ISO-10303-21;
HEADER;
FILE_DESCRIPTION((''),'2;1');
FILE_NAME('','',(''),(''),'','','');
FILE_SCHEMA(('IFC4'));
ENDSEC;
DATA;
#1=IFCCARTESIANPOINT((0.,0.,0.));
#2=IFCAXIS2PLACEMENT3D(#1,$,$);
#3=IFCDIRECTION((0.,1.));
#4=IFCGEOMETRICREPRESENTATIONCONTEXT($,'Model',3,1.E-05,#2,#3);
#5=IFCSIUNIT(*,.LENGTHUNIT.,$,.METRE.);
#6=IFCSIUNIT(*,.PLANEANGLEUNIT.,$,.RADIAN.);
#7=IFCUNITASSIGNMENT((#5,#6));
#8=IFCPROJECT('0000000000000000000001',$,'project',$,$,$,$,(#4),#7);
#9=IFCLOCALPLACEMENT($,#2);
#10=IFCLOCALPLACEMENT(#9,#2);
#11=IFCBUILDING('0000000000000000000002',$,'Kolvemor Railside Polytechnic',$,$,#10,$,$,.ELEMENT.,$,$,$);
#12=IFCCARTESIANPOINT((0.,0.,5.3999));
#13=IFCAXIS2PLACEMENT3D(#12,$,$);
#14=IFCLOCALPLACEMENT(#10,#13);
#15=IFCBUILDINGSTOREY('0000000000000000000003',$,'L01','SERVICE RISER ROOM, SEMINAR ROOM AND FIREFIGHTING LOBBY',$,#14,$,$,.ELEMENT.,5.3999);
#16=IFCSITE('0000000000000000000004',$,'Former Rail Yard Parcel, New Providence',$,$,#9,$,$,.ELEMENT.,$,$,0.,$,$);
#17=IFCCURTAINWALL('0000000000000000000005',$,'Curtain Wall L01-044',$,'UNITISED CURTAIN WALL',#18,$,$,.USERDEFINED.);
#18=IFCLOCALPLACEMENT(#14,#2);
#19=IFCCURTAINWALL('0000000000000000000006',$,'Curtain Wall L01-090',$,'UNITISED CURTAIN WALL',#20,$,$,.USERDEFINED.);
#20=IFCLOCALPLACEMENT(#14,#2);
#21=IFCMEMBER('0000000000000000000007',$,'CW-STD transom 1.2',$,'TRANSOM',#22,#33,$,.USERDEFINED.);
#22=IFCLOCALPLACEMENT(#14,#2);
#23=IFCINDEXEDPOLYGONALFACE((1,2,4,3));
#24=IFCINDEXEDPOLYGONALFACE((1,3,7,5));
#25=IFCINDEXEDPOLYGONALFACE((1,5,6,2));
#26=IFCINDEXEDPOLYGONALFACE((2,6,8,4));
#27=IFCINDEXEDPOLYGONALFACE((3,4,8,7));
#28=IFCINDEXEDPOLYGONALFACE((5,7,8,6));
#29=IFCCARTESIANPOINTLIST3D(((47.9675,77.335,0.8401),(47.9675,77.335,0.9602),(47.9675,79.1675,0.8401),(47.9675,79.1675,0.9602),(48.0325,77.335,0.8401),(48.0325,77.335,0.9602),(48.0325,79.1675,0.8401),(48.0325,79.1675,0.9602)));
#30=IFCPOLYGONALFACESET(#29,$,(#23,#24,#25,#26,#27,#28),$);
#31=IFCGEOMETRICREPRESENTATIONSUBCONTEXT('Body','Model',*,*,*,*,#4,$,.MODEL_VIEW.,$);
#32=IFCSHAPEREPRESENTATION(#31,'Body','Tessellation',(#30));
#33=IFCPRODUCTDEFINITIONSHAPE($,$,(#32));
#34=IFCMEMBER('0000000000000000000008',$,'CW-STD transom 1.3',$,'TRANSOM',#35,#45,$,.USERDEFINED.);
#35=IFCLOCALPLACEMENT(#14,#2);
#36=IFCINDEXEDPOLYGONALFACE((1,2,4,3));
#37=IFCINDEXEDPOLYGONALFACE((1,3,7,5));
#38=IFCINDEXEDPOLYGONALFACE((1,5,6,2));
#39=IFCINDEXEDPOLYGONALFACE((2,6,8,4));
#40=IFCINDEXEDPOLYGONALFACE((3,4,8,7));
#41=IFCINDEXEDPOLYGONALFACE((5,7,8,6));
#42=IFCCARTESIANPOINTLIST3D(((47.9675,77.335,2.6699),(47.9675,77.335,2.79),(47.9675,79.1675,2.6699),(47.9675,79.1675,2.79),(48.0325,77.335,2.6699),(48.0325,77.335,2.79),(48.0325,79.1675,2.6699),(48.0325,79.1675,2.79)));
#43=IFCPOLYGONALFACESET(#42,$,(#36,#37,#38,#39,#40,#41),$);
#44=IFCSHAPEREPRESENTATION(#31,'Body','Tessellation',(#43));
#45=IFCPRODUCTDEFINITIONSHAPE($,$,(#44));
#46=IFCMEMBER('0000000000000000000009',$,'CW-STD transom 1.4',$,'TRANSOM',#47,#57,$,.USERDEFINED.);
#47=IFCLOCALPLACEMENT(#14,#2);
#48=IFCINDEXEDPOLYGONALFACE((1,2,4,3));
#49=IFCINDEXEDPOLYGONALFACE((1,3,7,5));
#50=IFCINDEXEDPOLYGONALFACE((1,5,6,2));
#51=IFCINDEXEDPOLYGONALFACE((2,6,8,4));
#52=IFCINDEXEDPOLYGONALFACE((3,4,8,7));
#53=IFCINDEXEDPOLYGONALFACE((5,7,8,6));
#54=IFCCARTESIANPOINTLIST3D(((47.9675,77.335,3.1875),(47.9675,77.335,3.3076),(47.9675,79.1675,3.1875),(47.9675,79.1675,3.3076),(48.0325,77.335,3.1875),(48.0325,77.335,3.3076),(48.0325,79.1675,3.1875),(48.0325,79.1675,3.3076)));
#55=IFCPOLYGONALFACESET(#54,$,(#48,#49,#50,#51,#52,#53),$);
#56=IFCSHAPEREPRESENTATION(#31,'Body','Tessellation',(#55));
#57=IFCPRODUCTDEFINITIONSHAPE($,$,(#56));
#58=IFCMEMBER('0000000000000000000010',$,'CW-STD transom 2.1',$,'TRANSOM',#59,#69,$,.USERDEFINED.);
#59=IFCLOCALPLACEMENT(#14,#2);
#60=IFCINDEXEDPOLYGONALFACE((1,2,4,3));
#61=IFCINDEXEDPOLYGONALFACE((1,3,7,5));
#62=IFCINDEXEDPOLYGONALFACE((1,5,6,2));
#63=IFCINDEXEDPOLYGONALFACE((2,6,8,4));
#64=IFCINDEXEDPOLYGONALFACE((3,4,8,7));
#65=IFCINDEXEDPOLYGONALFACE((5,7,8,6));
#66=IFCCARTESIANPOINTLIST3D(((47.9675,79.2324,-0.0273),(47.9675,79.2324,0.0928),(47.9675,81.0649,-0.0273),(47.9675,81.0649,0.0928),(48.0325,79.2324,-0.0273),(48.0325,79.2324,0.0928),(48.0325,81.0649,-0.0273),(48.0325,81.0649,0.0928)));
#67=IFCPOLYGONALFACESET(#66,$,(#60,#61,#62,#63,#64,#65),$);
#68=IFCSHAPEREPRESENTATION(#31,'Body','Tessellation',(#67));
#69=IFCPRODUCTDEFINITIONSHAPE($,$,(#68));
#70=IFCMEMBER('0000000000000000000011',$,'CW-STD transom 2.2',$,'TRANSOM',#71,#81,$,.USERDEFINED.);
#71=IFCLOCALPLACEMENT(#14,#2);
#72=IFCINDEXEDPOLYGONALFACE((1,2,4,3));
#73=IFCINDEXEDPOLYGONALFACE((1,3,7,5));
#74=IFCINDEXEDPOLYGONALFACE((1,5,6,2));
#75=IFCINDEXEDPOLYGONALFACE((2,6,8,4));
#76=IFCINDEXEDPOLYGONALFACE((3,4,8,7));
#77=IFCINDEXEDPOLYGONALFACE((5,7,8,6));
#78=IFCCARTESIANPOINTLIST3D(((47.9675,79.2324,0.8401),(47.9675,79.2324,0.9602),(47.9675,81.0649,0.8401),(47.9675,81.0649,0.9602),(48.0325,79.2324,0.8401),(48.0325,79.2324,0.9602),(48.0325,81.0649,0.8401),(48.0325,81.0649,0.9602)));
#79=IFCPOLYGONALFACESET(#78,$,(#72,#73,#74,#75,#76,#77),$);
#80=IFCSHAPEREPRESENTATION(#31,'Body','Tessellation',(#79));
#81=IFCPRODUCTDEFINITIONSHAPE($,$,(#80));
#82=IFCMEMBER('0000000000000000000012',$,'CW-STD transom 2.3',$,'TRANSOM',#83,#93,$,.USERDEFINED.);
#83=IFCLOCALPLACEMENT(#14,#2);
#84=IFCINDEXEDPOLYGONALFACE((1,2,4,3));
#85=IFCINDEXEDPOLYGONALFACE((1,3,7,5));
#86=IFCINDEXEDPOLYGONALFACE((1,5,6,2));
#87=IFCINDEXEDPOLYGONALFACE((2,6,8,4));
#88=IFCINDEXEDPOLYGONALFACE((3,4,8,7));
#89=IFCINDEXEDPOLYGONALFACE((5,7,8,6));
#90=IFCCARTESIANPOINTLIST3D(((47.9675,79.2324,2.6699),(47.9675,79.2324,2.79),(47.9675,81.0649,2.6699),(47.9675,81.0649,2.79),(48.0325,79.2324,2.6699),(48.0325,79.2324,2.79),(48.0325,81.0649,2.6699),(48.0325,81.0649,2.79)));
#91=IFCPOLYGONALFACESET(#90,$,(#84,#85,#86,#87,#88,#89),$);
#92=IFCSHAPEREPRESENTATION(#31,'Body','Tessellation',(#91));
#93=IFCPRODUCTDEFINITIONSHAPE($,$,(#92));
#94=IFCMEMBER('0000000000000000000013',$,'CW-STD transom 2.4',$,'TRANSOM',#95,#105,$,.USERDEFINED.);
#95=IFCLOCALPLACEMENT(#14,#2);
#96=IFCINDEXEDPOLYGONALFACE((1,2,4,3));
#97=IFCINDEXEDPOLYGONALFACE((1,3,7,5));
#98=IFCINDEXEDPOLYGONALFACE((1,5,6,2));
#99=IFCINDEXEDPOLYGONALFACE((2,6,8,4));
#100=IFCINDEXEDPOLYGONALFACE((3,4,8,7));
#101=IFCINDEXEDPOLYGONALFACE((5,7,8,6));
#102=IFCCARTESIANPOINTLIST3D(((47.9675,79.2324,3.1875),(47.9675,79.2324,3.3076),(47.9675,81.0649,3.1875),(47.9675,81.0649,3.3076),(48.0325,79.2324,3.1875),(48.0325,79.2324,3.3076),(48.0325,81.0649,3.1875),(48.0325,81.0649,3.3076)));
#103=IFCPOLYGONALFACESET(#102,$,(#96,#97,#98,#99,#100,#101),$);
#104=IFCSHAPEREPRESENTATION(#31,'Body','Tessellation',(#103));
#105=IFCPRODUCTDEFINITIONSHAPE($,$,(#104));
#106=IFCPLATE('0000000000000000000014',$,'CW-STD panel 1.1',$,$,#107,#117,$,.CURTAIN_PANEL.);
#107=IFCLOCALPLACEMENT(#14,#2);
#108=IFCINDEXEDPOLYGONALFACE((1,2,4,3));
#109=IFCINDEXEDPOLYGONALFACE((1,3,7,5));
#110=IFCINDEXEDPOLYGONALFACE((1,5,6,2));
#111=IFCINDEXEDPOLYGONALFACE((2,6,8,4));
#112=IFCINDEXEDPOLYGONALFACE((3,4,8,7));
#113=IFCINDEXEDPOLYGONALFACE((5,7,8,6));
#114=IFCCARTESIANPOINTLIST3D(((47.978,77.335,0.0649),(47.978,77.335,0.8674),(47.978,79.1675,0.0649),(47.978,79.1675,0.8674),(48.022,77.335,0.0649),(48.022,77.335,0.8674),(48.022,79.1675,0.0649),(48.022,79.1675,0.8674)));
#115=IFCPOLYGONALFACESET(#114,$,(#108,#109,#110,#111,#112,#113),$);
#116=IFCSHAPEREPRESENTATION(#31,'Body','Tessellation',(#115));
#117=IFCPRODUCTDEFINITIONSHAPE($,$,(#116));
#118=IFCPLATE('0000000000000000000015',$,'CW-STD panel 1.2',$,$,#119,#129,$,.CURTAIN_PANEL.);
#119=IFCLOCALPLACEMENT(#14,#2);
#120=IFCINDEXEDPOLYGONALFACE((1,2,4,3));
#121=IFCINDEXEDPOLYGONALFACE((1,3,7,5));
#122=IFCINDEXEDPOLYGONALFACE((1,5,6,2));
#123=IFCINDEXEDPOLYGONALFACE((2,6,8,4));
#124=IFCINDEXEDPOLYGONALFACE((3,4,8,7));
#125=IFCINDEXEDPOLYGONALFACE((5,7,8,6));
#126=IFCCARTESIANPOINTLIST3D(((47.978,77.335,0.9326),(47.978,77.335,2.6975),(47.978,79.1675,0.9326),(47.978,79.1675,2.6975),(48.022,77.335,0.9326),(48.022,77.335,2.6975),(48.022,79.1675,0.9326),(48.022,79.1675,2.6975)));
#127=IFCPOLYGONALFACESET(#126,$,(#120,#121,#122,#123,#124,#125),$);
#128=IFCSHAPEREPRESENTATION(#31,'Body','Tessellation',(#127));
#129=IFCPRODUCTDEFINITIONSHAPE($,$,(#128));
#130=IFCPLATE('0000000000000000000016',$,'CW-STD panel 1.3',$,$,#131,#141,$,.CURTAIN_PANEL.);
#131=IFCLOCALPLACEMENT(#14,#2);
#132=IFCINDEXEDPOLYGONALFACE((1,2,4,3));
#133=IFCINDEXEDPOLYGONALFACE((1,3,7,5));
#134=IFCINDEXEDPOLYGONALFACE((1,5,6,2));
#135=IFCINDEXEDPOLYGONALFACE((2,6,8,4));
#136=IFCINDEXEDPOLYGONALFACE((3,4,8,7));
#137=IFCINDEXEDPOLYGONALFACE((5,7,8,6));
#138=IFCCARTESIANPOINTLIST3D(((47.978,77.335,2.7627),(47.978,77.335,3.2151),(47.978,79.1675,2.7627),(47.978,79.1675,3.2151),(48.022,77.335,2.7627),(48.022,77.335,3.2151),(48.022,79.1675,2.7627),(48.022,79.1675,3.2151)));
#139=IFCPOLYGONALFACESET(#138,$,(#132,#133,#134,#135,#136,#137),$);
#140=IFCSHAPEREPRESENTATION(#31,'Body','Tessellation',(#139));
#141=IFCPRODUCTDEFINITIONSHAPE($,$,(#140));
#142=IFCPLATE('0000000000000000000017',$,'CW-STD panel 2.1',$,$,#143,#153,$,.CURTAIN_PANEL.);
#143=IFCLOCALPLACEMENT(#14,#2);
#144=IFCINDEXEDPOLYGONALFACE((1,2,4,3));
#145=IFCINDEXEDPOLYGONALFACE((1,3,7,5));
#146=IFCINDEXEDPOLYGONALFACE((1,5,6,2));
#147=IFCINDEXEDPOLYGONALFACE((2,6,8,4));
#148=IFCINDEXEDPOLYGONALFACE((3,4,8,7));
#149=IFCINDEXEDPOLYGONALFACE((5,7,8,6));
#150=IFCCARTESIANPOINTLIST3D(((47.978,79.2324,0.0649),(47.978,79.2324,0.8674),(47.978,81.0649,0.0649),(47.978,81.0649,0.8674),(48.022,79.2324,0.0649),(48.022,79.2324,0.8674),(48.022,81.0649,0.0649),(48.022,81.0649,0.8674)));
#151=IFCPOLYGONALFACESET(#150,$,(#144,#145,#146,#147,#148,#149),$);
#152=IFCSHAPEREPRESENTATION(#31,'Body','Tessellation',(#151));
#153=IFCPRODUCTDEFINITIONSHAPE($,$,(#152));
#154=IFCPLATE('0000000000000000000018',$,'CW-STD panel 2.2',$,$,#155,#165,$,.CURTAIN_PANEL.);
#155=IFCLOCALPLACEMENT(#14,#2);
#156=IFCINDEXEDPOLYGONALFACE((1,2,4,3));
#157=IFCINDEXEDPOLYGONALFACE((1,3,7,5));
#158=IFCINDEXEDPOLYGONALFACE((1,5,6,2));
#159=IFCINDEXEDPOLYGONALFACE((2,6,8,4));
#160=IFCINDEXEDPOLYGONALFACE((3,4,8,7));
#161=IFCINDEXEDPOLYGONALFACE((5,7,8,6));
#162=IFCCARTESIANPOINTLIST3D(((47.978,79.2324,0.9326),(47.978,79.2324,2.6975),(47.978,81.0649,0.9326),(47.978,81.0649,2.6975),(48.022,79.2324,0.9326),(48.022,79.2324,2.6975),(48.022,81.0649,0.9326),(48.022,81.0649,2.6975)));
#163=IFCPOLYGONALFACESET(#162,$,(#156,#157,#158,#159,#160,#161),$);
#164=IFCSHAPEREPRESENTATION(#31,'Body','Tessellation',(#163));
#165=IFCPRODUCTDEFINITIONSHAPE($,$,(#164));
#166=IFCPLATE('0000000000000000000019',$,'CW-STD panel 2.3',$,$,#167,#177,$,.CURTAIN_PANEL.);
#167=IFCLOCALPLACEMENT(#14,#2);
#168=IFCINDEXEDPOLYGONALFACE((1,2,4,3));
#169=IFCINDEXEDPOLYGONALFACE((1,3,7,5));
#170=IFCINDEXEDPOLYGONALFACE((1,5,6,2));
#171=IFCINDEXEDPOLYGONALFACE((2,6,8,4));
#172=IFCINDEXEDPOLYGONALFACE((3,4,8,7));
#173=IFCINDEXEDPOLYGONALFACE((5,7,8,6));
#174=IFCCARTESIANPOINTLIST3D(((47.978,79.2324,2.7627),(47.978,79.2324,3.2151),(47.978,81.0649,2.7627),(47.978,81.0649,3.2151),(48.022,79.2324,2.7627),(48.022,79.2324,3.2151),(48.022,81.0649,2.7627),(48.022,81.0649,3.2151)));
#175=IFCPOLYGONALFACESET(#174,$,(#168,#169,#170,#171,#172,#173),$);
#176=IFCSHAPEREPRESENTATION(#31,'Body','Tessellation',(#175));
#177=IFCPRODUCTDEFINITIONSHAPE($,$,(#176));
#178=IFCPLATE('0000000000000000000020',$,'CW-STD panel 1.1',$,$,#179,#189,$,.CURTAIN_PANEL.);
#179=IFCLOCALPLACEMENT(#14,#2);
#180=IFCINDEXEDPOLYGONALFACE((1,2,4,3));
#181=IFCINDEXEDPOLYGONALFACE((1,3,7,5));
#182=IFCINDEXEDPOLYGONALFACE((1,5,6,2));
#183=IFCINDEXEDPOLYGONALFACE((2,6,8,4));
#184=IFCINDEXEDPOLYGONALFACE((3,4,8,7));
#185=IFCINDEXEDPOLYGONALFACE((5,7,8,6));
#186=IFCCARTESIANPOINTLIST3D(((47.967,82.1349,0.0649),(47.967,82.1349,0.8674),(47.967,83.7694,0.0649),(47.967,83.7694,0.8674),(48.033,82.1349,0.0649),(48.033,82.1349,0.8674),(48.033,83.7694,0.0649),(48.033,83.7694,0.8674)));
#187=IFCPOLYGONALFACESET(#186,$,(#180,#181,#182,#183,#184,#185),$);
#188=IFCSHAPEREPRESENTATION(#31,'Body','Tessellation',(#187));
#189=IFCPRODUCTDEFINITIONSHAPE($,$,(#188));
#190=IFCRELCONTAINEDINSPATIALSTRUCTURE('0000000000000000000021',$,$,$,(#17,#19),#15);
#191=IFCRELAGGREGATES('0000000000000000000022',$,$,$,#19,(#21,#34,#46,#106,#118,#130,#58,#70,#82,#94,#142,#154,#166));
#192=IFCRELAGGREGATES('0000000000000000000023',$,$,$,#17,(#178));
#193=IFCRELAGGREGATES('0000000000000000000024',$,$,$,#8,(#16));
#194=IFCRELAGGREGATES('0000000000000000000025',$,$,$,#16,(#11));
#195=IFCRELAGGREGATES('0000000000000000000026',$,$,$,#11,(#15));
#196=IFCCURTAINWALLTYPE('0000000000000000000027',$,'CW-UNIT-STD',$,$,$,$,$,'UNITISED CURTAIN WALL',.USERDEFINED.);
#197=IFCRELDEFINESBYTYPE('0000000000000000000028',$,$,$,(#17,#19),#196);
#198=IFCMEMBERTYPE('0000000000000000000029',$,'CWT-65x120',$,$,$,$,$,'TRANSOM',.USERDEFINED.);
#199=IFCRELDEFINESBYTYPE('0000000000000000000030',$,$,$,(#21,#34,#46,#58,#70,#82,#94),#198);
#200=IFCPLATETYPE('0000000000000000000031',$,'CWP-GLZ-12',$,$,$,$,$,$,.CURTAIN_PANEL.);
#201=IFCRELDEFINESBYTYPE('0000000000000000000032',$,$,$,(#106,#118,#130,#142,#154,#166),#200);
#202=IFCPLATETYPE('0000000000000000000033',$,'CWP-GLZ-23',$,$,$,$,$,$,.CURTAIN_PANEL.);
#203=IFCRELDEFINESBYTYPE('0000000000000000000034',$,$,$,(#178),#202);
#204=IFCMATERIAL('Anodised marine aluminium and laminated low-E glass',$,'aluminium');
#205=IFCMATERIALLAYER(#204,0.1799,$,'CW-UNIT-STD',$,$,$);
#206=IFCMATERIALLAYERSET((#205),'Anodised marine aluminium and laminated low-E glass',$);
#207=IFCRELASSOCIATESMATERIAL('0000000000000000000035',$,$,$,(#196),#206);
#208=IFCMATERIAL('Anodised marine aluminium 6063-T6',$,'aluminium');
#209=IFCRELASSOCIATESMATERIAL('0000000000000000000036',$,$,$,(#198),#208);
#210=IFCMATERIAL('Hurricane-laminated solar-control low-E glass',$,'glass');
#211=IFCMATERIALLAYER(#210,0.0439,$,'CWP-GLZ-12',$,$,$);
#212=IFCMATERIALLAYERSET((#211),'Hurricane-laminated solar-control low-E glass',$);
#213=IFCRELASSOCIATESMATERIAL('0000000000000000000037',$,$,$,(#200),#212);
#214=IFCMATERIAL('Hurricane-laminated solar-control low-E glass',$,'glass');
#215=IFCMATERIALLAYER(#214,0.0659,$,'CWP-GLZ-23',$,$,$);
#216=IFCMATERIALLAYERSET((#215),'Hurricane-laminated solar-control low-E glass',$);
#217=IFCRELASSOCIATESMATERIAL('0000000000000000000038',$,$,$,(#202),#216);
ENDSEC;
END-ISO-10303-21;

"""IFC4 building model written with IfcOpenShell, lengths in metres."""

from ifc_helpers import new_model, si_unit, direction, frame, origin, origin_2d, place, context, subcontext, project, spatial, rectangle, extrude, material, layer, layer_set, material_profile, profile_set, type_object, element, aggregate, save


model = new_model("IFC4")

# Units and contexts
model_context = context("Model", 3, precision=1e-05, world=origin(), true_north=direction((0.0, 1.0)))
body_context = subcontext(model_context, "Body", "Model", "MODEL_VIEW")
ifc_project = project(units=[si_unit("LENGTHUNIT", "METRE"), si_unit("PLANEANGLEUNIT", "RADIAN")], contexts=[model_context])

# Site, building, storey
site_placement = place(None, origin())
site = spatial("IfcSite", under=ifc_project, at=site_placement, Name="Former Rail Yard Parcel, New Providence", CompositionType="ELEMENT", RefElevation=0.0)
building_placement = place(site_placement, origin())
building = spatial("IfcBuilding", under=site, at=building_placement, Name="Kolvemor Railside Polytechnic", CompositionType="ELEMENT")
storey_placement = place(building_placement, frame((0.0, 0.0, 5.3999)))
storey = spatial("IfcBuildingStorey", under=building, at=storey_placement, Name="L01", Description="SERVICE RISER ROOM, SEMINAR ROOM AND FIREFIGHTING LOBBY", CompositionType="ELEMENT", Elevation=5.3999)

# Curtain wall
ifc_material_1 = material(Name="Anodised marine aluminium and laminated low-E glass", Category="aluminium")
ifc_layer_1 = layer(ifc_material_1, 0.1799, Name="CW-UNIT-STD")
ifc_layer_set_1 = layer_set([ifc_layer_1], Name="Anodised marine aluminium and laminated low-E glass")
curtain_wall_type = type_object("IfcCurtainWallType", Name="CW-UNIT-STD", ElementType="UNITISED CURTAIN WALL", PredefinedType="USERDEFINED", material=ifc_layer_set_1)
curtain_wall_1_placement = place(storey_placement, origin())
curtain_wall_1 = element("IfcCurtainWall", 1, at=curtain_wall_1_placement, inside=storey, type_object=curtain_wall_type, Name="Curtain Wall L01-044", ObjectType="UNITISED CURTAIN WALL", PredefinedType="USERDEFINED")

# Curtain wall
curtain_wall_2_placement = place(storey_placement, origin())
curtain_wall_2 = element("IfcCurtainWall", 2, at=curtain_wall_2_placement, inside=storey, type_object=curtain_wall_type, Name="Curtain Wall L01-090", ObjectType="UNITISED CURTAIN WALL", PredefinedType="USERDEFINED")

# Members
ifc_material_2 = material(Name="Anodised marine aluminium 6063-T6", Category="aluminium")
ifc_material_profile_1 = material_profile(ifc_material_2, rectangle(XDim=0.0649, YDim=0.1201, at=origin_2d()), Name="CW-TRN-65x120")
ifc_profile_set_1 = profile_set([ifc_material_profile_1], Name="Anodised marine aluminium 6063-T6")
member_type_1 = type_object("IfcMemberType", Name="CWT-65x120", ElementType="TRANSOM", PredefinedType="USERDEFINED", material=ifc_profile_set_1)
member_1_placement = place(storey_placement, frame((48.0, 77.335, 0.9001), z_axis=(0.0, 1.0, 0.0), x_axis=(-1.0, 0.0, 0.0)))
member_1 = element("IfcMember", 3, at=member_1_placement, type_object=member_type_1, Name="CW-STD transom 1.2", ObjectType="TRANSOM", PredefinedType="USERDEFINED", context=body_context, shape_type="SweptSolid", body=[
    extrude(rectangle(XDim=0.0649, YDim=0.1201, at=origin_2d()), origin(), (0.0, 0.0, 1.0), 1.8325),
])
member_2_placement = place(storey_placement, frame((48.0, 77.335, 2.73), z_axis=(0.0, 1.0, 0.0), x_axis=(-1.0, 0.0, 0.0)))
member_2 = element("IfcMember", 4, at=member_2_placement, type_object=member_type_1, Name="CW-STD transom 1.3", ObjectType="TRANSOM", PredefinedType="USERDEFINED", context=body_context, shape_type="SweptSolid", body=[
    extrude(rectangle(XDim=0.0649, YDim=0.1201, at=origin_2d()), origin(), (0.0, 0.0, 1.0), 1.8325),
])
member_3_placement = place(storey_placement, frame((48.0, 77.335, 3.2476), z_axis=(0.0, 1.0, 0.0), x_axis=(-1.0, 0.0, 0.0)))
member_3 = element("IfcMember", 5, at=member_3_placement, type_object=member_type_1, Name="CW-STD transom 1.4", ObjectType="TRANSOM", PredefinedType="USERDEFINED", context=body_context, shape_type="SweptSolid", body=[
    extrude(rectangle(XDim=0.0649, YDim=0.1201, at=origin_2d()), origin(), (0.0, 0.0, 1.0), 1.8325),
])
member_4_placement = place(storey_placement, frame((48.0, 79.2324, 0.0327), z_axis=(0.0, 1.0, 0.0), x_axis=(-1.0, 0.0, 0.0)))
member_4 = element("IfcMember", 6, at=member_4_placement, type_object=member_type_1, Name="CW-STD transom 2.1", ObjectType="TRANSOM", PredefinedType="USERDEFINED", context=body_context, shape_type="SweptSolid", body=[
    extrude(rectangle(XDim=0.0649, YDim=0.1201, at=origin_2d()), origin(), (0.0, 0.0, 1.0), 1.8325),
])
member_5_placement = place(storey_placement, frame((48.0, 79.2324, 0.9001), z_axis=(0.0, 1.0, 0.0), x_axis=(-1.0, 0.0, 0.0)))
member_5 = element("IfcMember", 7, at=member_5_placement, type_object=member_type_1, Name="CW-STD transom 2.2", ObjectType="TRANSOM", PredefinedType="USERDEFINED", context=body_context, shape_type="SweptSolid", body=[
    extrude(rectangle(XDim=0.0649, YDim=0.1201, at=origin_2d()), origin(), (0.0, 0.0, 1.0), 1.8325),
])
member_6_placement = place(storey_placement, frame((48.0, 79.2324, 2.73), z_axis=(0.0, 1.0, 0.0), x_axis=(-1.0, 0.0, 0.0)))
member_6 = element("IfcMember", 8, at=member_6_placement, type_object=member_type_1, Name="CW-STD transom 2.3", ObjectType="TRANSOM", PredefinedType="USERDEFINED", context=body_context, shape_type="SweptSolid", body=[
    extrude(rectangle(XDim=0.0649, YDim=0.1201, at=origin_2d()), origin(), (0.0, 0.0, 1.0), 1.8325),
])
member_7_placement = place(storey_placement, frame((48.0, 79.2324, 3.2476), z_axis=(0.0, 1.0, 0.0), x_axis=(-1.0, 0.0, 0.0)))
member_7 = element("IfcMember", 9, at=member_7_placement, type_object=member_type_1, Name="CW-STD transom 2.4", ObjectType="TRANSOM", PredefinedType="USERDEFINED", context=body_context, shape_type="SweptSolid", body=[
    extrude(rectangle(XDim=0.0649, YDim=0.1201, at=origin_2d()), origin(), (0.0, 0.0, 1.0), 1.8325),
])

# Plates
ifc_material_3 = material(Name="Hurricane-laminated solar-control low-E glass", Category="glass")
ifc_layer_2 = layer(ifc_material_3, 0.0439, Name="CWP-GLZ-12")
ifc_layer_set_2 = layer_set([ifc_layer_2], Name="Hurricane-laminated solar-control low-E glass")
plate_type_1 = type_object("IfcPlateType", Name="CWP-GLZ-12", PredefinedType="CURTAIN_PANEL", material=ifc_layer_set_2)
plate_1_placement = place(storey_placement, frame((48.0, 78.2512, 0.0649), z_axis=(0.0, 0.0, 1.0), x_axis=(0.0, 1.0, 0.0)))
plate_1 = element("IfcPlate", 10, at=plate_1_placement, type_object=plate_type_1, Name="CW-STD panel 1.1", PredefinedType="CURTAIN_PANEL", context=body_context, shape_type="SweptSolid", body=[
    extrude(rectangle(XDim=1.8325, YDim=0.0439, at=origin_2d()), origin(), (0.0, 0.0, 1.0), 0.8025),
])
plate_2_placement = place(storey_placement, frame((48.0, 78.2512, 0.9326), z_axis=(0.0, 0.0, 1.0), x_axis=(0.0, 1.0, 0.0)))
plate_2 = element("IfcPlate", 11, at=plate_2_placement, type_object=plate_type_1, Name="CW-STD panel 1.2", PredefinedType="CURTAIN_PANEL", context=body_context, shape_type="SweptSolid", body=[
    extrude(rectangle(XDim=1.8325, YDim=0.0439, at=origin_2d()), origin(), (0.0, 0.0, 1.0), 1.7649),
])
plate_3_placement = place(storey_placement, frame((48.0, 78.2512, 2.7627), z_axis=(0.0, 0.0, 1.0), x_axis=(0.0, 1.0, 0.0)))
plate_3 = element("IfcPlate", 12, at=plate_3_placement, type_object=plate_type_1, Name="CW-STD panel 1.3", PredefinedType="CURTAIN_PANEL", context=body_context, shape_type="SweptSolid", body=[
    extrude(rectangle(XDim=1.8325, YDim=0.0439, at=origin_2d()), origin(), (0.0, 0.0, 1.0), 0.4524),
])
plate_4_placement = place(storey_placement, frame((48.0, 80.1487, 0.0649), z_axis=(0.0, 0.0, 1.0), x_axis=(0.0, 1.0, 0.0)))
plate_4 = element("IfcPlate", 13, at=plate_4_placement, type_object=plate_type_1, Name="CW-STD panel 2.1", PredefinedType="CURTAIN_PANEL", context=body_context, shape_type="SweptSolid", body=[
    extrude(rectangle(XDim=1.8325, YDim=0.0439, at=origin_2d()), origin(), (0.0, 0.0, 1.0), 0.8025),
])
plate_5_placement = place(storey_placement, frame((48.0, 80.1487, 0.9326), z_axis=(0.0, 0.0, 1.0), x_axis=(0.0, 1.0, 0.0)))
plate_5 = element("IfcPlate", 14, at=plate_5_placement, type_object=plate_type_1, Name="CW-STD panel 2.2", PredefinedType="CURTAIN_PANEL", context=body_context, shape_type="SweptSolid", body=[
    extrude(rectangle(XDim=1.8325, YDim=0.0439, at=origin_2d()), origin(), (0.0, 0.0, 1.0), 1.7649),
])
plate_6_placement = place(storey_placement, frame((48.0, 80.1487, 2.7627), z_axis=(0.0, 0.0, 1.0), x_axis=(0.0, 1.0, 0.0)))
plate_6 = element("IfcPlate", 15, at=plate_6_placement, type_object=plate_type_1, Name="CW-STD panel 2.3", PredefinedType="CURTAIN_PANEL", context=body_context, shape_type="SweptSolid", body=[
    extrude(rectangle(XDim=1.8325, YDim=0.0439, at=origin_2d()), origin(), (0.0, 0.0, 1.0), 0.4524),
])
aggregate(curtain_wall_2, [member_1, member_2, member_3, plate_1, plate_2, plate_3, member_4, member_5, member_6, member_7, plate_4, plate_5, plate_6])
ifc_material_4 = material(Name="Hurricane-laminated solar-control low-E glass", Category="glass")
ifc_layer_3 = layer(ifc_material_4, 0.0659, Name="CWP-GLZ-23")
ifc_layer_set_3 = layer_set([ifc_layer_3], Name="Hurricane-laminated solar-control low-E glass")
plate_type_2 = type_object("IfcPlateType", Name="CWP-GLZ-23", PredefinedType="CURTAIN_PANEL", material=ifc_layer_set_3)
plate_7_placement = place(storey_placement, frame((48.0, 82.9521, 0.0649), z_axis=(0.0, 0.0, 1.0), x_axis=(0.0, 1.0, 0.0)))
plate_7 = element("IfcPlate", 16, at=plate_7_placement, type_object=plate_type_2, Name="CW-STD panel 1.1", PredefinedType="CURTAIN_PANEL", context=body_context, shape_type="SweptSolid", body=[
    extrude(rectangle(XDim=1.6345, YDim=0.0659, at=origin_2d()), origin(), (0.0, 0.0, 1.0), 0.8025),
])
aggregate(curtain_wall_1, [plate_7])

save(model, "model.ifc")
